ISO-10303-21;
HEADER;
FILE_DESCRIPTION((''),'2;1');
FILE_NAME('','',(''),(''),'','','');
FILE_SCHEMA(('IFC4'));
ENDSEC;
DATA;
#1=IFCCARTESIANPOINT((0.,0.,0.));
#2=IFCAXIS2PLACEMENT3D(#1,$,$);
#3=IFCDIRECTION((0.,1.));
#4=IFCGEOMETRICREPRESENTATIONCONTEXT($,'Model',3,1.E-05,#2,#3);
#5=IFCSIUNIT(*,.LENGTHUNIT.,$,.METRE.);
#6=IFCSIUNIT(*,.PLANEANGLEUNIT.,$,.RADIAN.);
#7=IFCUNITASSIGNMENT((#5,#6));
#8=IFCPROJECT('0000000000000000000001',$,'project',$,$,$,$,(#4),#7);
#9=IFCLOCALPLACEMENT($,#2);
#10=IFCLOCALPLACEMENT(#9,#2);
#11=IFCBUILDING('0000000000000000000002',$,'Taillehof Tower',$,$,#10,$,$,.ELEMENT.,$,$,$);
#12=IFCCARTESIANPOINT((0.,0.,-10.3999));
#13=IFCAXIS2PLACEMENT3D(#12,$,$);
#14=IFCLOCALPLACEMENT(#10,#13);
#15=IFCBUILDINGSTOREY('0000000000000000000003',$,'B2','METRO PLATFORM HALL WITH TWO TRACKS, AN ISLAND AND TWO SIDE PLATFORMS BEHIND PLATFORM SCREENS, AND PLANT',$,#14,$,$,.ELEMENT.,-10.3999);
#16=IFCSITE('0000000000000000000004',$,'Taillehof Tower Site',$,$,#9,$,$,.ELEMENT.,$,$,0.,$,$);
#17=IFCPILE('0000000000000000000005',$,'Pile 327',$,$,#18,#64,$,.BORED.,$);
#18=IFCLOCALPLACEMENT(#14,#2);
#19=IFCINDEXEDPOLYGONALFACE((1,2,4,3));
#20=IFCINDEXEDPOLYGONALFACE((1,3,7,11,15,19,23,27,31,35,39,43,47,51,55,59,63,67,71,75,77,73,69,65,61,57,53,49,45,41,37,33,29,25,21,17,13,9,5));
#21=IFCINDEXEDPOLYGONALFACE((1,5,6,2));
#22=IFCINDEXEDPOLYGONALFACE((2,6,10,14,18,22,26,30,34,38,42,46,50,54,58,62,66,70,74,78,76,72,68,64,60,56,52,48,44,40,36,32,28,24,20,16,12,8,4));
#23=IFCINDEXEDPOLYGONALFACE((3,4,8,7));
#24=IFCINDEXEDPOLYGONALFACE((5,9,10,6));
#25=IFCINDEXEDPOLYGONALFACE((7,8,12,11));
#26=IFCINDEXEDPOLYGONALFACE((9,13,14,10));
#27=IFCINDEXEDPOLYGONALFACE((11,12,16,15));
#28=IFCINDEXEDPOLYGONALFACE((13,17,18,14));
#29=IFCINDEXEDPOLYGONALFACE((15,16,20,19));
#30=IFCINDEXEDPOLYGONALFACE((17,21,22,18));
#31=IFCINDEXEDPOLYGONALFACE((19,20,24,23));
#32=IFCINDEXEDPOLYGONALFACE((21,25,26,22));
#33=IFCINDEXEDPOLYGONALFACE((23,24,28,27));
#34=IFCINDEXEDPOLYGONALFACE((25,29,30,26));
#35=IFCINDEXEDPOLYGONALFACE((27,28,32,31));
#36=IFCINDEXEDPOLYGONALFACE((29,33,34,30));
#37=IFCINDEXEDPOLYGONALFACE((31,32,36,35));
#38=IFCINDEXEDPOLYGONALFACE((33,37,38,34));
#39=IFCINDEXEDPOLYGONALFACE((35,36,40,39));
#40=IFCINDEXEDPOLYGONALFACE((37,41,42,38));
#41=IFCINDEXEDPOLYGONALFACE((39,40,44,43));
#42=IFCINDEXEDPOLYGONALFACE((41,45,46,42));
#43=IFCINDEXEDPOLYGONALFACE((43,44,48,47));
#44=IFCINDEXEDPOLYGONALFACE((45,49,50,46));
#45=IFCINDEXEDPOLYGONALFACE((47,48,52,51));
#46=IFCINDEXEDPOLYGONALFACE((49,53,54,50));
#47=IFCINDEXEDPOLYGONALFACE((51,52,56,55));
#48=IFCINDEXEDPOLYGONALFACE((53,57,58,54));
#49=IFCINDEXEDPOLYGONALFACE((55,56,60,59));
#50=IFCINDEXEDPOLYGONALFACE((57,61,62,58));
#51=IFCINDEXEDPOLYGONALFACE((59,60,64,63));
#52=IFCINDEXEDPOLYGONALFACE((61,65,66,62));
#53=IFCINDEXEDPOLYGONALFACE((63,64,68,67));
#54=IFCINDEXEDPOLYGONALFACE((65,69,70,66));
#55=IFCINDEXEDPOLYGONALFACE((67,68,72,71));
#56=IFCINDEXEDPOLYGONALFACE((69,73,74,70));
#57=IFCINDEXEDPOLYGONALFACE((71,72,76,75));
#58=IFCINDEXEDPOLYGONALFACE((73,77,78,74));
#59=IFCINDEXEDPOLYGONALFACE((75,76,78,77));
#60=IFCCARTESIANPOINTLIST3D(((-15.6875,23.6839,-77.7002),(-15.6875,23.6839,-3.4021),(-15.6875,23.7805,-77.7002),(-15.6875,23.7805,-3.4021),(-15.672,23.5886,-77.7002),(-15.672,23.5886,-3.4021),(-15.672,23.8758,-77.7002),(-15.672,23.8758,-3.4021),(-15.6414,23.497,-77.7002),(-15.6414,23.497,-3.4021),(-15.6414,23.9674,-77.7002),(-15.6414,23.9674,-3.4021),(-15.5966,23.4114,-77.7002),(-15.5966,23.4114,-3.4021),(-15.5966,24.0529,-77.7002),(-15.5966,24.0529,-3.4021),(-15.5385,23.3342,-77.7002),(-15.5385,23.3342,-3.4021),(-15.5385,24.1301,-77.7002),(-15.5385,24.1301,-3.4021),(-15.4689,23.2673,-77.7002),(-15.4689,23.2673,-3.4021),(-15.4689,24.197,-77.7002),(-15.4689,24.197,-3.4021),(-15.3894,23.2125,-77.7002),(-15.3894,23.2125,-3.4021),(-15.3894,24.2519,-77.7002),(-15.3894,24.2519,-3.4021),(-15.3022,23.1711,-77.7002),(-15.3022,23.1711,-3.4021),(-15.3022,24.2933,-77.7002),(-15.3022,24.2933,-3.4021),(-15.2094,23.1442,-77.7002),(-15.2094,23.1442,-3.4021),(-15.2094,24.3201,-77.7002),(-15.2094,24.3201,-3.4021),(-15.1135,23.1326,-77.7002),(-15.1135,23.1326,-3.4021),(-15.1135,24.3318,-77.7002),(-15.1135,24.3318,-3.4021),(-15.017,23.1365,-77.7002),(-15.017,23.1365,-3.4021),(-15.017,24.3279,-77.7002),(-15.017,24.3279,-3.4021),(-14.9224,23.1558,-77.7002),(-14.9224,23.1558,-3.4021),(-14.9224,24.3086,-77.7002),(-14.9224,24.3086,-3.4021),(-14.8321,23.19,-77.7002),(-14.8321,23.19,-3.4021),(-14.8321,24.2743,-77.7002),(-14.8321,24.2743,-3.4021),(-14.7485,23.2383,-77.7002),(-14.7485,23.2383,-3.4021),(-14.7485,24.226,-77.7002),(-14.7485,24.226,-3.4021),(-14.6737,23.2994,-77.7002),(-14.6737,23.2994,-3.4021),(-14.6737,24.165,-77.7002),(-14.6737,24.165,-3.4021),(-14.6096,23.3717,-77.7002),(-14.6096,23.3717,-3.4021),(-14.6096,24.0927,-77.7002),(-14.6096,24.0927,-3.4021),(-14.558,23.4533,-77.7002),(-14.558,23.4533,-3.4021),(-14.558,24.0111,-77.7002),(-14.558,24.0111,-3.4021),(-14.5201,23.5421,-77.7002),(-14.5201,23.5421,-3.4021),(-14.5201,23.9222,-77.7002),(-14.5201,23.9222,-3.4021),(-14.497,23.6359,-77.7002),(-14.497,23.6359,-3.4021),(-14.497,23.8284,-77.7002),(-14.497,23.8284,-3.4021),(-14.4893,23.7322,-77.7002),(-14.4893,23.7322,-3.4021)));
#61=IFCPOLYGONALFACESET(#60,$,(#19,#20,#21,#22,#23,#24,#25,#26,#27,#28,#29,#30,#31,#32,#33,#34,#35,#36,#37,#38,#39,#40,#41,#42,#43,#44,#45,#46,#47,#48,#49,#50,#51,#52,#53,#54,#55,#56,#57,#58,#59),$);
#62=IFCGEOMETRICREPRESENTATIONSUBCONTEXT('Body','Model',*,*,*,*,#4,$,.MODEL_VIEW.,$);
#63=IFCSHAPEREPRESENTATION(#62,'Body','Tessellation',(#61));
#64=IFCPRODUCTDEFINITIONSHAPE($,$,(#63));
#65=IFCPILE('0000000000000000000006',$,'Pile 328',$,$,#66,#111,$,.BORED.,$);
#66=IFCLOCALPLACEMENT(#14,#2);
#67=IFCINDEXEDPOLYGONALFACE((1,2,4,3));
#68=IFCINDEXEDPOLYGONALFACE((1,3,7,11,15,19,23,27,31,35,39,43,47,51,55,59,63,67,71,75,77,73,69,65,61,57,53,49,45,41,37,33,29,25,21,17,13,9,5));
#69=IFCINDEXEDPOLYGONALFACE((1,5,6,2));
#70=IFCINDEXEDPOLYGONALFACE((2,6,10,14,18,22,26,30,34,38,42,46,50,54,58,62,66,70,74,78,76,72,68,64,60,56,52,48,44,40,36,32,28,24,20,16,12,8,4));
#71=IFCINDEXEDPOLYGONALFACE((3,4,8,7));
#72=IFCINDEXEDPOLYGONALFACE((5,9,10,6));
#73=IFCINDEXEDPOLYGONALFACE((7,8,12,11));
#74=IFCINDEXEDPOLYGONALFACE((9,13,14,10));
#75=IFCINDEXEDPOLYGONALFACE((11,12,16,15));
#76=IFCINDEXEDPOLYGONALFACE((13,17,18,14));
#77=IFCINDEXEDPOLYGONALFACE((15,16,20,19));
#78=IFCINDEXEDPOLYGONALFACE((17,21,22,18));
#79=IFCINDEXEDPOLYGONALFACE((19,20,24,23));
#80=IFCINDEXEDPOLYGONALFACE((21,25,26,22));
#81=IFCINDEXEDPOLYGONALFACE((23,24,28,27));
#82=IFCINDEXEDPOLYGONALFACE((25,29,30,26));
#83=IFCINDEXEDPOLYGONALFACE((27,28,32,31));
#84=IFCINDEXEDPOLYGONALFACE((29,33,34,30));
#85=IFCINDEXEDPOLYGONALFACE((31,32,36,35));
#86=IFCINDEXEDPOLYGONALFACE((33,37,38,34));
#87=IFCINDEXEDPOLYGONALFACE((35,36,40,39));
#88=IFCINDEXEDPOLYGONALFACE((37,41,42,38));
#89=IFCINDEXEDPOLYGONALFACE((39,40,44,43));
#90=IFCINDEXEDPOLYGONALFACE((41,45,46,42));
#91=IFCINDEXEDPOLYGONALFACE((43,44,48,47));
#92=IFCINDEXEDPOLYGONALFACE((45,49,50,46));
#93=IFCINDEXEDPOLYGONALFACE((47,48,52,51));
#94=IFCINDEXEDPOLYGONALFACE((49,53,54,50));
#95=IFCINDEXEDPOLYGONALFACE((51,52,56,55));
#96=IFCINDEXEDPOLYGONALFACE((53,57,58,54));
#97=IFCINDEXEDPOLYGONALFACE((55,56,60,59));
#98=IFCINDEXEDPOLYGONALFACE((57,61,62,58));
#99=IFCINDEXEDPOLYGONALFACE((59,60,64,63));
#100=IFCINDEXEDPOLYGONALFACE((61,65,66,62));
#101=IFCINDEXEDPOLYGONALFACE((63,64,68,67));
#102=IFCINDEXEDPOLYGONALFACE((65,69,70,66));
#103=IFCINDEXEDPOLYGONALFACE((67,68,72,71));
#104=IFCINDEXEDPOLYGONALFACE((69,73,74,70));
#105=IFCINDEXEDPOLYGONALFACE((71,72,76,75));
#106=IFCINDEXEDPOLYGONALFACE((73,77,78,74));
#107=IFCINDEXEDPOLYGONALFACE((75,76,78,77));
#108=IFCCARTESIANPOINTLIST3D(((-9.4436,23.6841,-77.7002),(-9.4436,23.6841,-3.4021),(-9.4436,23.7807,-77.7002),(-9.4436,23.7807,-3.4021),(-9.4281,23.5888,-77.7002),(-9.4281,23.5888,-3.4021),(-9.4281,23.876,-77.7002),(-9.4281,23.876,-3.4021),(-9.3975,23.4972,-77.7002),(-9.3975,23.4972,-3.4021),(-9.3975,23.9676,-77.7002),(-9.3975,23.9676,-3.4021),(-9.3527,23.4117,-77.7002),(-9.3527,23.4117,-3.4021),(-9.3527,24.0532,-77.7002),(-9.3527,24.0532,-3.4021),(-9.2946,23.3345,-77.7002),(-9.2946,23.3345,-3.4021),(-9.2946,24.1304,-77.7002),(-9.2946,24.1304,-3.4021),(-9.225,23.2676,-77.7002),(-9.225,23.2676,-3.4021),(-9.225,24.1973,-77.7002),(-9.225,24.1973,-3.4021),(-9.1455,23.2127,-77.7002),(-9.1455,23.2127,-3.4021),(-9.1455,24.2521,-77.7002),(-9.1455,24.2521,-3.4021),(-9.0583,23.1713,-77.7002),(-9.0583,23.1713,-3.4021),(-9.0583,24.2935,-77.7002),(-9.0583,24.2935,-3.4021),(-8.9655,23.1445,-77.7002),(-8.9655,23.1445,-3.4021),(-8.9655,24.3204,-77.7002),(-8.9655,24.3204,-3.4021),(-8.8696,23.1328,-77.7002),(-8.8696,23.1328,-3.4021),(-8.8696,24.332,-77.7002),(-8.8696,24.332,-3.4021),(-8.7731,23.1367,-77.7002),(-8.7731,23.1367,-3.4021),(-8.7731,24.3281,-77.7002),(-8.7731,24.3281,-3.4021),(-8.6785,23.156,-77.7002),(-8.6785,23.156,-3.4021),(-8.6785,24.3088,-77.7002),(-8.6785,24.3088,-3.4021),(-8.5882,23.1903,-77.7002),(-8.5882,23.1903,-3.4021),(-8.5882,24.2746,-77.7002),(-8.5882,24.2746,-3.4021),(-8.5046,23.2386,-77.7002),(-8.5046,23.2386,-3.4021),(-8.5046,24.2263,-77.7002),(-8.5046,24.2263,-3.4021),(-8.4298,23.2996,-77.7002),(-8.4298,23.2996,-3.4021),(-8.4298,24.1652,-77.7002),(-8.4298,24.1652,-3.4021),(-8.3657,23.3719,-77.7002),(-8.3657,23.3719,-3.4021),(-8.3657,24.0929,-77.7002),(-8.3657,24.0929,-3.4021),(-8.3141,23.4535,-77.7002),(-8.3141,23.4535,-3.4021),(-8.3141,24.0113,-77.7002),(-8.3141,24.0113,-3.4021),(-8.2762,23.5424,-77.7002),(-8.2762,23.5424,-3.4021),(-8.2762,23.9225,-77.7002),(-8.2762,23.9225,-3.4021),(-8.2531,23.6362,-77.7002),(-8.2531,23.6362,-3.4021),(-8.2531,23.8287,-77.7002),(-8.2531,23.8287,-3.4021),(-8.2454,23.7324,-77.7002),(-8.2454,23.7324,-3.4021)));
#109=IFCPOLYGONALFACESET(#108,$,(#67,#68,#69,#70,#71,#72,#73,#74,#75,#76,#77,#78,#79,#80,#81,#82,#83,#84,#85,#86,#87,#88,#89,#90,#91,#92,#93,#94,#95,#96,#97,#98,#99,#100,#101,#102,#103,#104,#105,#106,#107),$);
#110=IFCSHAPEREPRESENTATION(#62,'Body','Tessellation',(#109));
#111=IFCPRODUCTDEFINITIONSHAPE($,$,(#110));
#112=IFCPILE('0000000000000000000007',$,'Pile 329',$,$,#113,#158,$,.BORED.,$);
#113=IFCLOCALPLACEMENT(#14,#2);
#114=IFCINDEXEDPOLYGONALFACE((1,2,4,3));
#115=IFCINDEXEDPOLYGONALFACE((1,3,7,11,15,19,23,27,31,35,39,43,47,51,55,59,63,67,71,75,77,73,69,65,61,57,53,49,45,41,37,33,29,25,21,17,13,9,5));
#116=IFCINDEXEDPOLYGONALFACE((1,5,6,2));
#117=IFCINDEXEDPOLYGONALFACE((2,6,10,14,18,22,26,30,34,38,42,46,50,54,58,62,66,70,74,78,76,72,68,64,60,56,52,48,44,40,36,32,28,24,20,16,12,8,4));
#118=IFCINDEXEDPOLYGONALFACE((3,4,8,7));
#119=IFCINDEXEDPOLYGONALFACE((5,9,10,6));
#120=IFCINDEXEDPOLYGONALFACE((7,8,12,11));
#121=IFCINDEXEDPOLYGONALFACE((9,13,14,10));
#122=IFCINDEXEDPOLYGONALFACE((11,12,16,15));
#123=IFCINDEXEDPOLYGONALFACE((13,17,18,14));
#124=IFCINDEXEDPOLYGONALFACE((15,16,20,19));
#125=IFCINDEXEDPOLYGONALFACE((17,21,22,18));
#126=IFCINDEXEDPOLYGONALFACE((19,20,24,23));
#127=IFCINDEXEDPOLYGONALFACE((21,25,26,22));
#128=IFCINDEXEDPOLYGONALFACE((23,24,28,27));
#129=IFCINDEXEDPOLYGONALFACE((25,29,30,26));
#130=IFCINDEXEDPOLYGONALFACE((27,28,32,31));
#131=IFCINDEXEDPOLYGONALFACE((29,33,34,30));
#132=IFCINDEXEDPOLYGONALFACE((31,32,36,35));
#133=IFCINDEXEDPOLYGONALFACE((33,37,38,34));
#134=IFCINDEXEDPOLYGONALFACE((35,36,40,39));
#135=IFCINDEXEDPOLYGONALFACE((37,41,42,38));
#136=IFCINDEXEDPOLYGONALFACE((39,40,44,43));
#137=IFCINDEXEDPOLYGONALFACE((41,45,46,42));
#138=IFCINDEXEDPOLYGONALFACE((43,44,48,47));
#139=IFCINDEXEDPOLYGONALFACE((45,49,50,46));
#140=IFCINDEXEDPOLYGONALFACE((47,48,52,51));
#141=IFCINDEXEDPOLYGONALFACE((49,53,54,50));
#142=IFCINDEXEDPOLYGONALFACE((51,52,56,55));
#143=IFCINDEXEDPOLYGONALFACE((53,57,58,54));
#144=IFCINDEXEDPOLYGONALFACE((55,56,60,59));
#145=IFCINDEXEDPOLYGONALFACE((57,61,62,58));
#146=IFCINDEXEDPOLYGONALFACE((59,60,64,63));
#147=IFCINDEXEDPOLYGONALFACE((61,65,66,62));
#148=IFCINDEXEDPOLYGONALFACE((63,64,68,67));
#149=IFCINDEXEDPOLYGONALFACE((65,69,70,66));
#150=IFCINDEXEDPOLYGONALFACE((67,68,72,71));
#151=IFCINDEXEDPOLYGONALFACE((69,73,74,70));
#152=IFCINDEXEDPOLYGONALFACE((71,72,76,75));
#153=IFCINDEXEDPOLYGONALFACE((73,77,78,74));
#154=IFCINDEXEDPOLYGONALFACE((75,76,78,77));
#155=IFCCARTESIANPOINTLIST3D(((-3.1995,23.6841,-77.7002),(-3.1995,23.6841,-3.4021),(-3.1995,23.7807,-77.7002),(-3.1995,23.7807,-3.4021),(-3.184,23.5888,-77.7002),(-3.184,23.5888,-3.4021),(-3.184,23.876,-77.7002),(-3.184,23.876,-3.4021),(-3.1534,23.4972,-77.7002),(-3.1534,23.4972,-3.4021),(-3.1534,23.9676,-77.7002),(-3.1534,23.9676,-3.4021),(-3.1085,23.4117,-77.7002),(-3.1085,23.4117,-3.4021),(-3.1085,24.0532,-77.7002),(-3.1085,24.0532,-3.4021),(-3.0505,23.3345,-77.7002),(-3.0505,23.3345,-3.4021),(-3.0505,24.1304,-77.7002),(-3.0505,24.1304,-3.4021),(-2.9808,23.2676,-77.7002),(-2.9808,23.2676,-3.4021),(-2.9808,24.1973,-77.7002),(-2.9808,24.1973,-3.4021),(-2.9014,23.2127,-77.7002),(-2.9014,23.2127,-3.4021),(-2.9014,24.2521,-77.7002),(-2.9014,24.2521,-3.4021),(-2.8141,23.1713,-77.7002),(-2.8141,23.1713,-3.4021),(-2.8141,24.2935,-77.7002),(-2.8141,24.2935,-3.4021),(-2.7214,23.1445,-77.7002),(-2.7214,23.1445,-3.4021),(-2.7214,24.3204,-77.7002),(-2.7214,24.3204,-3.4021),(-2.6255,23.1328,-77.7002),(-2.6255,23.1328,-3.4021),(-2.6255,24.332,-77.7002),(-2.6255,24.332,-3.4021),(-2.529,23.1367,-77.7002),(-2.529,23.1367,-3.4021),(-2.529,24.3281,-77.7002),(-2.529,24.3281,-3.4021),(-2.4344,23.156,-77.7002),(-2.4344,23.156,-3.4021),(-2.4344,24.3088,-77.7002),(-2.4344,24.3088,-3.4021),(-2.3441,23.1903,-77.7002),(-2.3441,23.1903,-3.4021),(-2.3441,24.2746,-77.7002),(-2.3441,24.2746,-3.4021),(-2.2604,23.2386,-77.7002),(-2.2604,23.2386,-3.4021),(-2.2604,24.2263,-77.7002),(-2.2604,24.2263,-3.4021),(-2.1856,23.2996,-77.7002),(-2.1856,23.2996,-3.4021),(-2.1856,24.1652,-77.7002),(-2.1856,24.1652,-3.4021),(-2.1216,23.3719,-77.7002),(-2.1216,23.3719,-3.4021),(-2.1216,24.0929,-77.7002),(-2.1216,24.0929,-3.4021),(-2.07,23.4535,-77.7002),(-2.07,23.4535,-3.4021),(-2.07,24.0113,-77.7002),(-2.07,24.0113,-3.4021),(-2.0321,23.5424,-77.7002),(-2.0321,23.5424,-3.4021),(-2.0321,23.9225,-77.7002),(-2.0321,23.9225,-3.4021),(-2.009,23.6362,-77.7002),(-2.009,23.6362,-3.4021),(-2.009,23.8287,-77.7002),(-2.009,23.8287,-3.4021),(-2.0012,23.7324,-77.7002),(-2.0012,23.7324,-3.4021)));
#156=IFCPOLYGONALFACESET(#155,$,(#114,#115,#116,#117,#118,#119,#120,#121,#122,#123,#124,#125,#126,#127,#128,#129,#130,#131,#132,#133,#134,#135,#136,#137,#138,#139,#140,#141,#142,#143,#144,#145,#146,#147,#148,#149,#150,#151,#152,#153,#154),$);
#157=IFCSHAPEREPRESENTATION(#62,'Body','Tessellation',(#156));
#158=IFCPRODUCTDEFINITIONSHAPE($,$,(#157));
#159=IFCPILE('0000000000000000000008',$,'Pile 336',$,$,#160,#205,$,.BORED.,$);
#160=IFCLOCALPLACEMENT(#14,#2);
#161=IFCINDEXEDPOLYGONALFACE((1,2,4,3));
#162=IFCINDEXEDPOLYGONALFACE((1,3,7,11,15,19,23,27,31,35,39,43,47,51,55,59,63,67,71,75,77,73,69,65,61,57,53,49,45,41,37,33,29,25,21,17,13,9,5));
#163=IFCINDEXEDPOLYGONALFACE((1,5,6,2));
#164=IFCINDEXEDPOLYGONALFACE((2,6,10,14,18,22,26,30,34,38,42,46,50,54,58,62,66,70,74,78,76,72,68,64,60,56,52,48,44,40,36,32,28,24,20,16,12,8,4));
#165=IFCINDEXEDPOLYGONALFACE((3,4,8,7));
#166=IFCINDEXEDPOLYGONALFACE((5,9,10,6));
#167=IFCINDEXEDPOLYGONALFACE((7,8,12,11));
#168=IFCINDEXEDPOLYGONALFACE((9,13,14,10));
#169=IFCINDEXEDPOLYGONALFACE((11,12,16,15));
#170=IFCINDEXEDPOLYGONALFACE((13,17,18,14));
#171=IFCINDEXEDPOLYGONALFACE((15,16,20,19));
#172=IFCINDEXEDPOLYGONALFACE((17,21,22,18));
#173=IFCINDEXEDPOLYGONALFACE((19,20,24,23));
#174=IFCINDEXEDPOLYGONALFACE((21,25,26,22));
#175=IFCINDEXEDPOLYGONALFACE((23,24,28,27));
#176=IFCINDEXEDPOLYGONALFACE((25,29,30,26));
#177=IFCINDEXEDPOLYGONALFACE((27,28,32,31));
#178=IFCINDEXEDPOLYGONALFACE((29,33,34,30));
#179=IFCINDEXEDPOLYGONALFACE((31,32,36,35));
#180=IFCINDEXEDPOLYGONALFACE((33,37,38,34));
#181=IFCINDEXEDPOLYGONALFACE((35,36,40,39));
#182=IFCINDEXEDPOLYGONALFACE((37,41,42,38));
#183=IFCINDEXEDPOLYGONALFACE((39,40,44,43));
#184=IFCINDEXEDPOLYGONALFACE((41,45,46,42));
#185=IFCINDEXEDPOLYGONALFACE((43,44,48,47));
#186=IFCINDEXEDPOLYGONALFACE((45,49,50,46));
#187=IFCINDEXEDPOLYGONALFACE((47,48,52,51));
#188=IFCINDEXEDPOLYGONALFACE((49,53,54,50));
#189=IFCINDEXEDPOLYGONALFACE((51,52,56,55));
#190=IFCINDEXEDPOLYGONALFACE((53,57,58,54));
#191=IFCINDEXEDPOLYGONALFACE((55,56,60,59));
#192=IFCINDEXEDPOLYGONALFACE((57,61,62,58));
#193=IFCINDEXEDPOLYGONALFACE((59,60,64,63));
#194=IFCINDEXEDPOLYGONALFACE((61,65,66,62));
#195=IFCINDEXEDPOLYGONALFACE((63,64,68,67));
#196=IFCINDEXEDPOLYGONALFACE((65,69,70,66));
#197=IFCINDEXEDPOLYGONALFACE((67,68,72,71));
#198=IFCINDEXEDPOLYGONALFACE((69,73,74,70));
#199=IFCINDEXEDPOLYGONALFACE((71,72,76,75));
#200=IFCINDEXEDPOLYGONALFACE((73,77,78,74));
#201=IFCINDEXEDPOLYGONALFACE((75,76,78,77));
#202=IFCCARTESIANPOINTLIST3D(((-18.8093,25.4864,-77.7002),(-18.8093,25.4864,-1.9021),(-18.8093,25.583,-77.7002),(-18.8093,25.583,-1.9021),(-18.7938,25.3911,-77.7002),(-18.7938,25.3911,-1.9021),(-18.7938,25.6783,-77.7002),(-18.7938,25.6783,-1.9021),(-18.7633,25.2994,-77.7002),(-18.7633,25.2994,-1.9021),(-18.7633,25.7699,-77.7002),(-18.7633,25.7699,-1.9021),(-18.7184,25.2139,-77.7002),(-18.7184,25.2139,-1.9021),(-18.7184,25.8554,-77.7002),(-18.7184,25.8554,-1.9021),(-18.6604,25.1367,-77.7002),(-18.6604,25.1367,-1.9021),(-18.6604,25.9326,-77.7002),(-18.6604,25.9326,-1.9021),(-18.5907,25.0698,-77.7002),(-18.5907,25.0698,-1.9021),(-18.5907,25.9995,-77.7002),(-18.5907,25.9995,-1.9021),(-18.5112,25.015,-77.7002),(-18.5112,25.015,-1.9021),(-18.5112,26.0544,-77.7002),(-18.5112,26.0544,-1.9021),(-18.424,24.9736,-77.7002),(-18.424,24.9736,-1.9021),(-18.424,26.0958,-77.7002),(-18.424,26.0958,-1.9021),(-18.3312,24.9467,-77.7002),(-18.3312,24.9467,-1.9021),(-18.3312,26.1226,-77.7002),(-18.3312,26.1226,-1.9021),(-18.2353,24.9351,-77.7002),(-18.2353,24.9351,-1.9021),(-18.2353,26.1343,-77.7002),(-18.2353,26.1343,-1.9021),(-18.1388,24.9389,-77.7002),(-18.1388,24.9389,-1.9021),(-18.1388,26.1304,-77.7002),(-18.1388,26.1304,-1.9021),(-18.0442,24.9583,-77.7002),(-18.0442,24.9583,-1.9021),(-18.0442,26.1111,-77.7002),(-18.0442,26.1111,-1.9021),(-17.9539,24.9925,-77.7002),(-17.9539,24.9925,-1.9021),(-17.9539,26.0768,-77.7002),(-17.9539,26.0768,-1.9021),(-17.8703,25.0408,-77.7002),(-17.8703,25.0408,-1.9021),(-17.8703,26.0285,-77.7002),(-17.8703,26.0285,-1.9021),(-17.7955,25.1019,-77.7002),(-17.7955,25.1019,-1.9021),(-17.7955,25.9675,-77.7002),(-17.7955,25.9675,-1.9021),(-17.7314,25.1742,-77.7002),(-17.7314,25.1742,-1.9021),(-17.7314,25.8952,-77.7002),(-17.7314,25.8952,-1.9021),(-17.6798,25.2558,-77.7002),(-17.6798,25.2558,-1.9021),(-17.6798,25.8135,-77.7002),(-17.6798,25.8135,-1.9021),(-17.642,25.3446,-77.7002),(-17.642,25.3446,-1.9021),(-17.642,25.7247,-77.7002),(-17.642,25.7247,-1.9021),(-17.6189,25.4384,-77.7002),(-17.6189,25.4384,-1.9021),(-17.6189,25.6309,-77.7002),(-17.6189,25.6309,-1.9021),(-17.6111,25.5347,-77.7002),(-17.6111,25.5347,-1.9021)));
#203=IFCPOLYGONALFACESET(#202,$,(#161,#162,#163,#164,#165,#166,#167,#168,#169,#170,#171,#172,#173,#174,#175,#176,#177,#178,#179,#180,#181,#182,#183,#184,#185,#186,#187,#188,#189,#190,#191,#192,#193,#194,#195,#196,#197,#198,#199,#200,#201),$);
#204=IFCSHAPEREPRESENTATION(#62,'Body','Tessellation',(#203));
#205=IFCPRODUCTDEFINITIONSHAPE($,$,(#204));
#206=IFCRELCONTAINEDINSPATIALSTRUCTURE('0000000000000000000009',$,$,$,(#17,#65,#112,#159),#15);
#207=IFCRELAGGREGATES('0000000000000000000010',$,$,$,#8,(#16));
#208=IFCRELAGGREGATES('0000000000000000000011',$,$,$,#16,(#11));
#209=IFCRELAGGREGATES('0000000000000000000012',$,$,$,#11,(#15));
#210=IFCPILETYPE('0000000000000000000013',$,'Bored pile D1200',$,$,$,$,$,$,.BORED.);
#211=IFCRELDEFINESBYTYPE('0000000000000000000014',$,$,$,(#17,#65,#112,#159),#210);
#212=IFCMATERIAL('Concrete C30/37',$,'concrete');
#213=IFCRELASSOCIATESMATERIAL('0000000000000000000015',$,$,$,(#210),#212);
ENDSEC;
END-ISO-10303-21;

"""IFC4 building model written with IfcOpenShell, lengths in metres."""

from ifc_helpers import new_model, si_unit, direction, frame, origin, origin_2d, place, context, subcontext, project, spatial, circle, extrude, material, material_profile, profile_set, type_object, element, save


model = new_model("IFC4")

# Units and contexts
model_context = context("Model", 3, precision=1e-05, world=origin(), true_north=direction((0.0, 1.0)))
body_context = subcontext(model_context, "Body", "Model", "MODEL_VIEW")
ifc_project = project(units=[si_unit("LENGTHUNIT", "METRE"), si_unit("PLANEANGLEUNIT", "RADIAN")], contexts=[model_context])

# Site, building, storey
site_placement = place(None, origin())
site = spatial("IfcSite", under=ifc_project, at=site_placement, Name="Taillehof Tower Site", CompositionType="ELEMENT", RefElevation=0.0)
building_placement = place(site_placement, origin())
building = spatial("IfcBuilding", under=site, at=building_placement, Name="Taillehof Tower", CompositionType="ELEMENT")
storey_placement = place(building_placement, frame((0.0, 0.0, -10.3999)))
storey = spatial("IfcBuildingStorey", under=building, at=storey_placement, Name="B2", Description="METRO PLATFORM HALL WITH TWO TRACKS, AN ISLAND AND TWO SIDE PLATFORMS BEHIND PLATFORM SCREENS, AND PLANT", CompositionType="ELEMENT", Elevation=-10.3999)

# Piles
ifc_material_1 = material(Name="Concrete C30/37", Category="concrete")
ifc_material_profile_1 = material_profile(ifc_material_1, circle(Radius=0.6001, at=origin_2d()), Name="BP D1200")
ifc_profile_set_1 = profile_set([ifc_material_profile_1], Name="Concrete C30/37")
pile_type = type_object("IfcPileType", Name="Bored pile D1200", PredefinedType="BORED", material=ifc_profile_set_1)
for number, where, z_axis, x_axis, name in (
    (1, (-15.0894, 23.7322, -3.4021), (0.0, 0.0, -1.0), (1.0, 0.0, 0.0), "Pile 327"),
    (2, (-8.8455, 23.7324, -3.4021), (0.0, 0.0, -1.0), (1.0, 0.0, 0.0), "Pile 328"),
    (3, (-2.6013, 23.7324, -3.4021), (0.0, 0.0, -1.0), (1.0, 0.0, 0.0), "Pile 329"),
):
    element("IfcPile", number, at=place(storey_placement, frame(where, z_axis=z_axis, x_axis=x_axis)), inside=storey, type_object=pile_type, Name=name, PredefinedType="BORED", context=body_context, shape_type="SweptSolid", body=[
        extrude(circle(Radius=0.6001, at=origin_2d()), origin(), (0.0, 0.0, 1.0), 74.2981),
    ])
pile_1_placement = place(storey_placement, frame((-18.2112, 25.5347, -1.9021), z_axis=(0.0, 0.0, -1.0), x_axis=(1.0, 0.0, 0.0)))
element("IfcPile", 4, at=pile_1_placement, inside=storey, type_object=pile_type, Name="Pile 336", PredefinedType="BORED", context=body_context, shape_type="SweptSolid", body=[
    extrude(circle(Radius=0.6001, at=origin_2d()), origin(), (0.0, 0.0, 1.0), 75.7981),
])

save(model, "model.ifc")
